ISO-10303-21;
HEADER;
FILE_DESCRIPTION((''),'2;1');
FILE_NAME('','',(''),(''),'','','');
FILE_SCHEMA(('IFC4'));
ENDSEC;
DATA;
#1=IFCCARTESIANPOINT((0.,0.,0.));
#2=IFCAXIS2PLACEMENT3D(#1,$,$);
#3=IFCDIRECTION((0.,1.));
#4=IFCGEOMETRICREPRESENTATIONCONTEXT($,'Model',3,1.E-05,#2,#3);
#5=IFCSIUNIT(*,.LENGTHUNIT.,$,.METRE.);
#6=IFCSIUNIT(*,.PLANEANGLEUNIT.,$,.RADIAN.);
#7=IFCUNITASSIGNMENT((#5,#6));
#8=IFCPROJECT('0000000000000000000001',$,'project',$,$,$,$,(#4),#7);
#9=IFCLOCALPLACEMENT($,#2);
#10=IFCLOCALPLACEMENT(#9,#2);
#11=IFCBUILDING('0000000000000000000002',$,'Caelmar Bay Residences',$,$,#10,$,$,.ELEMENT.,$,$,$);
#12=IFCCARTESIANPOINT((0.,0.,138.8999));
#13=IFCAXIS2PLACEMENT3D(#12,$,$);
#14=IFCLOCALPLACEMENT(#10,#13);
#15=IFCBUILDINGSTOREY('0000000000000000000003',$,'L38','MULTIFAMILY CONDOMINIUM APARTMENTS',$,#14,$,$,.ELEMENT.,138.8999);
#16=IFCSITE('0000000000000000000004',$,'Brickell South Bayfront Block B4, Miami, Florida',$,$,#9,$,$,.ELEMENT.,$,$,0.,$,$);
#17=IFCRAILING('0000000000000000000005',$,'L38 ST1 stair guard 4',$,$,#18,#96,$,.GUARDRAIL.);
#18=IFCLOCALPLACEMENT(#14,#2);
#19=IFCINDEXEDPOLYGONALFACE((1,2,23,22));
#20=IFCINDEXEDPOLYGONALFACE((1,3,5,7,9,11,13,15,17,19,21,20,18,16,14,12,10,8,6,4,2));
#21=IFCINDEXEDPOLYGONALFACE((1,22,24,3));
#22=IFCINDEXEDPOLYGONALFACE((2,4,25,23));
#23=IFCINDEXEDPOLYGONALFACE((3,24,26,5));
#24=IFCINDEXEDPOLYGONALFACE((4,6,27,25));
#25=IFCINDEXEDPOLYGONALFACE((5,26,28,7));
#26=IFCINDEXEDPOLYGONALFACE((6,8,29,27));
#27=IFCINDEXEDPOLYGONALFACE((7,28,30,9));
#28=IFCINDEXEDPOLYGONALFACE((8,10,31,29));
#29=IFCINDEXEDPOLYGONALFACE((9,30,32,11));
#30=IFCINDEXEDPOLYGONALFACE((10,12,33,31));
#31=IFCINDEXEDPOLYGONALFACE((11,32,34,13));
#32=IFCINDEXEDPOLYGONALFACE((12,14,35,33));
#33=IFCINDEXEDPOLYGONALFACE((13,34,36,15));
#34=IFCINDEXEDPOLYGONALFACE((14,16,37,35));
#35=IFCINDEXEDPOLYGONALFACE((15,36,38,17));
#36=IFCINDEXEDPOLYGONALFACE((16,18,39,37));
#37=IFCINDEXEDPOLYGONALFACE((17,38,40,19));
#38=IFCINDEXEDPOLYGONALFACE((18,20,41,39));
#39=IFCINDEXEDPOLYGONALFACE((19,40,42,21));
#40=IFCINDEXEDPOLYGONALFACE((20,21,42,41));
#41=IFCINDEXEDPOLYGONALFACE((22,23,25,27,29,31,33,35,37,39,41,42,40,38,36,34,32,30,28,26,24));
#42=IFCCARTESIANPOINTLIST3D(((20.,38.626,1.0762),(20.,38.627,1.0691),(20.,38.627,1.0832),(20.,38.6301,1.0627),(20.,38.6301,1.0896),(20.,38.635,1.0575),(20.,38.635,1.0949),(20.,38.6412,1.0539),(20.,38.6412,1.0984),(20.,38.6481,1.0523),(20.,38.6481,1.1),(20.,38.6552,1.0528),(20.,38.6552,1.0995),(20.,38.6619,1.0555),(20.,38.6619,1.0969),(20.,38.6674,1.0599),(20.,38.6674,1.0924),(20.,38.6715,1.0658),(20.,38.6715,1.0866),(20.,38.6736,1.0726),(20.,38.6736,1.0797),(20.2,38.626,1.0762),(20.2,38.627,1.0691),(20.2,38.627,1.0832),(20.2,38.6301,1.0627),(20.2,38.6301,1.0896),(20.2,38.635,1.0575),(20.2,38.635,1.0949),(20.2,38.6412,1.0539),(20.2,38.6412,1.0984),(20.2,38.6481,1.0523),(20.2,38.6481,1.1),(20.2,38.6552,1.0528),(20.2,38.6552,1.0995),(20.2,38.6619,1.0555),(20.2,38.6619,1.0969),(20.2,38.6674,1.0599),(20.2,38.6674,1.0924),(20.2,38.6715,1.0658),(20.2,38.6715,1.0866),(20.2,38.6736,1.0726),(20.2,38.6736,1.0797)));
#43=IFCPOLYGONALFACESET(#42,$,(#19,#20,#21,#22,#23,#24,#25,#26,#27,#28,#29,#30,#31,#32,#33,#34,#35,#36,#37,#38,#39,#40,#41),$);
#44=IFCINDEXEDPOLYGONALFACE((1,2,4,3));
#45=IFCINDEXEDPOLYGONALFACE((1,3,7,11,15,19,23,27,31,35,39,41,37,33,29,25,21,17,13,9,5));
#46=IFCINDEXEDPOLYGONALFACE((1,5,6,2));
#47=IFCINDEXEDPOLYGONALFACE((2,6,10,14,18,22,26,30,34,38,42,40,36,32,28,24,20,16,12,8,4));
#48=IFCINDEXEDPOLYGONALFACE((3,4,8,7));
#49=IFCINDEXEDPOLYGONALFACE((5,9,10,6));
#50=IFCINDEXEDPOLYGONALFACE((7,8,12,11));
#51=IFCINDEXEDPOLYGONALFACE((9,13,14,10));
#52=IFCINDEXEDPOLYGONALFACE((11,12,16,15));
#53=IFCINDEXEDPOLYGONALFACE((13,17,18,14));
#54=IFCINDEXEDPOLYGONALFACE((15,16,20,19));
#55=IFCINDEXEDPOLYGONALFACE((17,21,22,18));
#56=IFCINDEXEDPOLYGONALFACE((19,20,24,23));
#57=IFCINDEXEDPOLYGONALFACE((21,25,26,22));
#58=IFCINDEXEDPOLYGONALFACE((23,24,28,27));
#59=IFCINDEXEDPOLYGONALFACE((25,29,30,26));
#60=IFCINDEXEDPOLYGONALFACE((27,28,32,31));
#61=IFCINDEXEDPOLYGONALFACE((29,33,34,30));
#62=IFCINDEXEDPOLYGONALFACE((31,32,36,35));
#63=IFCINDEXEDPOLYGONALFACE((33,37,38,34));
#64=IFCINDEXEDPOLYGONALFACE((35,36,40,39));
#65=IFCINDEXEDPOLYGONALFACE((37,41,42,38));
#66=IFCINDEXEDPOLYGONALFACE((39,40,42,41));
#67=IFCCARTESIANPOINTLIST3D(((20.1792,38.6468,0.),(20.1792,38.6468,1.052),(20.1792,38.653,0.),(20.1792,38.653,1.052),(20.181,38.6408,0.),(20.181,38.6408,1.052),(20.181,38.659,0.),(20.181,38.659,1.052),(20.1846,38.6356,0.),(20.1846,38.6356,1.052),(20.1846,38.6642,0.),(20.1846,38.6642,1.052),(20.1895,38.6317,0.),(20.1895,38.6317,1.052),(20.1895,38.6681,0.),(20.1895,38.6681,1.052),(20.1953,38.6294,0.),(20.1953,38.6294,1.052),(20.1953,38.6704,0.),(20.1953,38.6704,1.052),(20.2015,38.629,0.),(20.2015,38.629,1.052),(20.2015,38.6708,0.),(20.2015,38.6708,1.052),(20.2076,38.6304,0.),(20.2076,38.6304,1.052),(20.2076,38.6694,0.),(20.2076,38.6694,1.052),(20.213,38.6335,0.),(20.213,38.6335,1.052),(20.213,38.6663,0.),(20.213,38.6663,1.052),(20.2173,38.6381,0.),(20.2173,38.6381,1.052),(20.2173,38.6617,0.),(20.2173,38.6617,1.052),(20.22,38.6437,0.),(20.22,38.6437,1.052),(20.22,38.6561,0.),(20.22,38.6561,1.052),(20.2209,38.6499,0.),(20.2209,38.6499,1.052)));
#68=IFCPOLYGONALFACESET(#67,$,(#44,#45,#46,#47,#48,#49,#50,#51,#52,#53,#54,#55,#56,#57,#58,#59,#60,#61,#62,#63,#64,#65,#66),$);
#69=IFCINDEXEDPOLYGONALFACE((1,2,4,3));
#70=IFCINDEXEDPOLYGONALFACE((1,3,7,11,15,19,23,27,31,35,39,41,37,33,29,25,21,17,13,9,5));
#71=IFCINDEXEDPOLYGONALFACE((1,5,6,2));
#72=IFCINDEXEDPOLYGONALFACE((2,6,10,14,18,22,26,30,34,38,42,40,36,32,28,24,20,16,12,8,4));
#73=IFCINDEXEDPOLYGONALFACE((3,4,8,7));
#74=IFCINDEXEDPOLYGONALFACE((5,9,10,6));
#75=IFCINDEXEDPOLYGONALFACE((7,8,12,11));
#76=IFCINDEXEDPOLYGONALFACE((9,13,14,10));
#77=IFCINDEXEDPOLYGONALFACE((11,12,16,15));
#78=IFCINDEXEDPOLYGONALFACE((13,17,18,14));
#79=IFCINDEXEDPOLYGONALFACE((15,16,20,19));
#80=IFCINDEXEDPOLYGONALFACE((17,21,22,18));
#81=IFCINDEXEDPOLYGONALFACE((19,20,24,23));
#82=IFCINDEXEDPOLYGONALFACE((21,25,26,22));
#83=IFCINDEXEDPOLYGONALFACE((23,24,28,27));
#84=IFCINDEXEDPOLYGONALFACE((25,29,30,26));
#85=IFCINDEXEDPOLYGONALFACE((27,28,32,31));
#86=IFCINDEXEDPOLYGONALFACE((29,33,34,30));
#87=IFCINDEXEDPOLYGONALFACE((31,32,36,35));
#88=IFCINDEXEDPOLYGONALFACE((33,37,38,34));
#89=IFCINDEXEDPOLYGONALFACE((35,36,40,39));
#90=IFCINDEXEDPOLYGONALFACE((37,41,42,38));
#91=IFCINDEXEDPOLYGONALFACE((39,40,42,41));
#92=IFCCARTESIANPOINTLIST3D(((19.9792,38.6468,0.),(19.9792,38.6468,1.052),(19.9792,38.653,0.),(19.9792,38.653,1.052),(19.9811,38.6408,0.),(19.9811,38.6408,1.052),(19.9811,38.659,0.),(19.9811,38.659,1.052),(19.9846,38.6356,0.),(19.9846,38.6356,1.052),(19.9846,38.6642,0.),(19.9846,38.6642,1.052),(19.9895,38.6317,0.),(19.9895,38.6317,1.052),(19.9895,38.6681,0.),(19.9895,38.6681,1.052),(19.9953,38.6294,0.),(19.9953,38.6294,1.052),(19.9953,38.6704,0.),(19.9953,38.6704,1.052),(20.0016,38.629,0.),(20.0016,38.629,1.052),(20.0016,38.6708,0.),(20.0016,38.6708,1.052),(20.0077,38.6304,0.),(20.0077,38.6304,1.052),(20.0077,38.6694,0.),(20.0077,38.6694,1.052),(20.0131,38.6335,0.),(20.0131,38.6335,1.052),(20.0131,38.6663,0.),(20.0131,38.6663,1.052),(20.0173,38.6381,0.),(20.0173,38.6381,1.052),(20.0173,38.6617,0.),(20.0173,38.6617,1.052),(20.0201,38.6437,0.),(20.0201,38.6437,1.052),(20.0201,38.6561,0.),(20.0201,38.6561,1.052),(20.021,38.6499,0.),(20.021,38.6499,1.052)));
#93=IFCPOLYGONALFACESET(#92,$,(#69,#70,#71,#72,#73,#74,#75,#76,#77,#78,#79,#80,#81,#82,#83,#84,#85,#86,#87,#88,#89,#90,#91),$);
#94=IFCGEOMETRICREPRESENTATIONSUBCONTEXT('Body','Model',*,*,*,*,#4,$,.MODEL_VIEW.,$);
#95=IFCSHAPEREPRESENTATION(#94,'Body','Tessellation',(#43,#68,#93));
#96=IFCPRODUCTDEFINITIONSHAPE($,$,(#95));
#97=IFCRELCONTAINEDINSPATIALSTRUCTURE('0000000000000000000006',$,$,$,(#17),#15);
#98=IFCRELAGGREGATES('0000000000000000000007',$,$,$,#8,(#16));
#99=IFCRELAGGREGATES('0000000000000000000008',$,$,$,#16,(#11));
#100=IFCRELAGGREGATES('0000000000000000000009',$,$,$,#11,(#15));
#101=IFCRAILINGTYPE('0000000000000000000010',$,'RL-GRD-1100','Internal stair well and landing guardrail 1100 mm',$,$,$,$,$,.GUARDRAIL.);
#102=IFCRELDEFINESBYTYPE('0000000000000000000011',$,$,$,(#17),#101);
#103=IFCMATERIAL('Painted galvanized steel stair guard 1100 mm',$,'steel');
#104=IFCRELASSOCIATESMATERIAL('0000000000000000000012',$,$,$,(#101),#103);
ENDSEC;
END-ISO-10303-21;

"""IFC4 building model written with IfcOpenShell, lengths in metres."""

from ifc_helpers import new_model, si_unit, direction, frame, origin, origin_2d, place, context, subcontext, project, spatial, circle, extrude, material, type_object, element, save


model = new_model("IFC4")

# Units and contexts
model_context = context("Model", 3, precision=1e-05, world=origin(), true_north=direction((0.0, 1.0)))
body_context = subcontext(model_context, "Body", "Model", "MODEL_VIEW")
ifc_project = project(units=[si_unit("LENGTHUNIT", "METRE"), si_unit("PLANEANGLEUNIT", "RADIAN")], contexts=[model_context])

# Site, building, storey
site_placement = place(None, origin())
site = spatial("IfcSite", under=ifc_project, at=site_placement, Name="Brickell South Bayfront Block B4, Miami, Florida", CompositionType="ELEMENT", RefElevation=0.0)
building_placement = place(site_placement, origin())
building = spatial("IfcBuilding", under=site, at=building_placement, Name="Caelmar Bay Residences", CompositionType="ELEMENT")
storey_placement = place(building_placement, frame((0.0, 0.0, 138.8999)))
storey = spatial("IfcBuildingStorey", under=building, at=storey_placement, Name="L38", Description="MULTIFAMILY CONDOMINIUM APARTMENTS", CompositionType="ELEMENT", Elevation=138.8999)

# Railing
ifc_material_1 = material(Name="Painted galvanized steel stair guard 1100 mm", Category="steel")
railing_type_1 = type_object("IfcRailingType", Name="RL-GRD-1100", Description="Internal stair well and landing guardrail 1100 mm", PredefinedType="GUARDRAIL", material=ifc_material_1)
railing_1_placement = place(storey_placement, frame((20.2, 38.6499, 0.0)))
element("IfcRailing", 1, at=railing_1_placement, inside=storey, type_object=railing_type_1, Name="L38 ST1 stair guard 4", PredefinedType="GUARDRAIL", context=body_context, shape_type="SweptSolid", body=[
    extrude(circle(Radius=0.0239, at=origin_2d()), frame((0.0, 0.0, 1.0762), z_axis=(-1.0, 0.0, 0.0), x_axis=(0.0, -1.0, 0.0)), (0.0, 0.0, 1.0), 0.2),
    extrude(circle(Radius=0.021, at=origin_2d()), origin(), (0.0, 0.0, 1.0), 1.052),
    extrude(circle(Radius=0.021, at=origin_2d()), frame((-0.2, 0.0, 0.0)), (0.0, 0.0, 1.0), 1.052),
])

save(model, "model.ifc")
